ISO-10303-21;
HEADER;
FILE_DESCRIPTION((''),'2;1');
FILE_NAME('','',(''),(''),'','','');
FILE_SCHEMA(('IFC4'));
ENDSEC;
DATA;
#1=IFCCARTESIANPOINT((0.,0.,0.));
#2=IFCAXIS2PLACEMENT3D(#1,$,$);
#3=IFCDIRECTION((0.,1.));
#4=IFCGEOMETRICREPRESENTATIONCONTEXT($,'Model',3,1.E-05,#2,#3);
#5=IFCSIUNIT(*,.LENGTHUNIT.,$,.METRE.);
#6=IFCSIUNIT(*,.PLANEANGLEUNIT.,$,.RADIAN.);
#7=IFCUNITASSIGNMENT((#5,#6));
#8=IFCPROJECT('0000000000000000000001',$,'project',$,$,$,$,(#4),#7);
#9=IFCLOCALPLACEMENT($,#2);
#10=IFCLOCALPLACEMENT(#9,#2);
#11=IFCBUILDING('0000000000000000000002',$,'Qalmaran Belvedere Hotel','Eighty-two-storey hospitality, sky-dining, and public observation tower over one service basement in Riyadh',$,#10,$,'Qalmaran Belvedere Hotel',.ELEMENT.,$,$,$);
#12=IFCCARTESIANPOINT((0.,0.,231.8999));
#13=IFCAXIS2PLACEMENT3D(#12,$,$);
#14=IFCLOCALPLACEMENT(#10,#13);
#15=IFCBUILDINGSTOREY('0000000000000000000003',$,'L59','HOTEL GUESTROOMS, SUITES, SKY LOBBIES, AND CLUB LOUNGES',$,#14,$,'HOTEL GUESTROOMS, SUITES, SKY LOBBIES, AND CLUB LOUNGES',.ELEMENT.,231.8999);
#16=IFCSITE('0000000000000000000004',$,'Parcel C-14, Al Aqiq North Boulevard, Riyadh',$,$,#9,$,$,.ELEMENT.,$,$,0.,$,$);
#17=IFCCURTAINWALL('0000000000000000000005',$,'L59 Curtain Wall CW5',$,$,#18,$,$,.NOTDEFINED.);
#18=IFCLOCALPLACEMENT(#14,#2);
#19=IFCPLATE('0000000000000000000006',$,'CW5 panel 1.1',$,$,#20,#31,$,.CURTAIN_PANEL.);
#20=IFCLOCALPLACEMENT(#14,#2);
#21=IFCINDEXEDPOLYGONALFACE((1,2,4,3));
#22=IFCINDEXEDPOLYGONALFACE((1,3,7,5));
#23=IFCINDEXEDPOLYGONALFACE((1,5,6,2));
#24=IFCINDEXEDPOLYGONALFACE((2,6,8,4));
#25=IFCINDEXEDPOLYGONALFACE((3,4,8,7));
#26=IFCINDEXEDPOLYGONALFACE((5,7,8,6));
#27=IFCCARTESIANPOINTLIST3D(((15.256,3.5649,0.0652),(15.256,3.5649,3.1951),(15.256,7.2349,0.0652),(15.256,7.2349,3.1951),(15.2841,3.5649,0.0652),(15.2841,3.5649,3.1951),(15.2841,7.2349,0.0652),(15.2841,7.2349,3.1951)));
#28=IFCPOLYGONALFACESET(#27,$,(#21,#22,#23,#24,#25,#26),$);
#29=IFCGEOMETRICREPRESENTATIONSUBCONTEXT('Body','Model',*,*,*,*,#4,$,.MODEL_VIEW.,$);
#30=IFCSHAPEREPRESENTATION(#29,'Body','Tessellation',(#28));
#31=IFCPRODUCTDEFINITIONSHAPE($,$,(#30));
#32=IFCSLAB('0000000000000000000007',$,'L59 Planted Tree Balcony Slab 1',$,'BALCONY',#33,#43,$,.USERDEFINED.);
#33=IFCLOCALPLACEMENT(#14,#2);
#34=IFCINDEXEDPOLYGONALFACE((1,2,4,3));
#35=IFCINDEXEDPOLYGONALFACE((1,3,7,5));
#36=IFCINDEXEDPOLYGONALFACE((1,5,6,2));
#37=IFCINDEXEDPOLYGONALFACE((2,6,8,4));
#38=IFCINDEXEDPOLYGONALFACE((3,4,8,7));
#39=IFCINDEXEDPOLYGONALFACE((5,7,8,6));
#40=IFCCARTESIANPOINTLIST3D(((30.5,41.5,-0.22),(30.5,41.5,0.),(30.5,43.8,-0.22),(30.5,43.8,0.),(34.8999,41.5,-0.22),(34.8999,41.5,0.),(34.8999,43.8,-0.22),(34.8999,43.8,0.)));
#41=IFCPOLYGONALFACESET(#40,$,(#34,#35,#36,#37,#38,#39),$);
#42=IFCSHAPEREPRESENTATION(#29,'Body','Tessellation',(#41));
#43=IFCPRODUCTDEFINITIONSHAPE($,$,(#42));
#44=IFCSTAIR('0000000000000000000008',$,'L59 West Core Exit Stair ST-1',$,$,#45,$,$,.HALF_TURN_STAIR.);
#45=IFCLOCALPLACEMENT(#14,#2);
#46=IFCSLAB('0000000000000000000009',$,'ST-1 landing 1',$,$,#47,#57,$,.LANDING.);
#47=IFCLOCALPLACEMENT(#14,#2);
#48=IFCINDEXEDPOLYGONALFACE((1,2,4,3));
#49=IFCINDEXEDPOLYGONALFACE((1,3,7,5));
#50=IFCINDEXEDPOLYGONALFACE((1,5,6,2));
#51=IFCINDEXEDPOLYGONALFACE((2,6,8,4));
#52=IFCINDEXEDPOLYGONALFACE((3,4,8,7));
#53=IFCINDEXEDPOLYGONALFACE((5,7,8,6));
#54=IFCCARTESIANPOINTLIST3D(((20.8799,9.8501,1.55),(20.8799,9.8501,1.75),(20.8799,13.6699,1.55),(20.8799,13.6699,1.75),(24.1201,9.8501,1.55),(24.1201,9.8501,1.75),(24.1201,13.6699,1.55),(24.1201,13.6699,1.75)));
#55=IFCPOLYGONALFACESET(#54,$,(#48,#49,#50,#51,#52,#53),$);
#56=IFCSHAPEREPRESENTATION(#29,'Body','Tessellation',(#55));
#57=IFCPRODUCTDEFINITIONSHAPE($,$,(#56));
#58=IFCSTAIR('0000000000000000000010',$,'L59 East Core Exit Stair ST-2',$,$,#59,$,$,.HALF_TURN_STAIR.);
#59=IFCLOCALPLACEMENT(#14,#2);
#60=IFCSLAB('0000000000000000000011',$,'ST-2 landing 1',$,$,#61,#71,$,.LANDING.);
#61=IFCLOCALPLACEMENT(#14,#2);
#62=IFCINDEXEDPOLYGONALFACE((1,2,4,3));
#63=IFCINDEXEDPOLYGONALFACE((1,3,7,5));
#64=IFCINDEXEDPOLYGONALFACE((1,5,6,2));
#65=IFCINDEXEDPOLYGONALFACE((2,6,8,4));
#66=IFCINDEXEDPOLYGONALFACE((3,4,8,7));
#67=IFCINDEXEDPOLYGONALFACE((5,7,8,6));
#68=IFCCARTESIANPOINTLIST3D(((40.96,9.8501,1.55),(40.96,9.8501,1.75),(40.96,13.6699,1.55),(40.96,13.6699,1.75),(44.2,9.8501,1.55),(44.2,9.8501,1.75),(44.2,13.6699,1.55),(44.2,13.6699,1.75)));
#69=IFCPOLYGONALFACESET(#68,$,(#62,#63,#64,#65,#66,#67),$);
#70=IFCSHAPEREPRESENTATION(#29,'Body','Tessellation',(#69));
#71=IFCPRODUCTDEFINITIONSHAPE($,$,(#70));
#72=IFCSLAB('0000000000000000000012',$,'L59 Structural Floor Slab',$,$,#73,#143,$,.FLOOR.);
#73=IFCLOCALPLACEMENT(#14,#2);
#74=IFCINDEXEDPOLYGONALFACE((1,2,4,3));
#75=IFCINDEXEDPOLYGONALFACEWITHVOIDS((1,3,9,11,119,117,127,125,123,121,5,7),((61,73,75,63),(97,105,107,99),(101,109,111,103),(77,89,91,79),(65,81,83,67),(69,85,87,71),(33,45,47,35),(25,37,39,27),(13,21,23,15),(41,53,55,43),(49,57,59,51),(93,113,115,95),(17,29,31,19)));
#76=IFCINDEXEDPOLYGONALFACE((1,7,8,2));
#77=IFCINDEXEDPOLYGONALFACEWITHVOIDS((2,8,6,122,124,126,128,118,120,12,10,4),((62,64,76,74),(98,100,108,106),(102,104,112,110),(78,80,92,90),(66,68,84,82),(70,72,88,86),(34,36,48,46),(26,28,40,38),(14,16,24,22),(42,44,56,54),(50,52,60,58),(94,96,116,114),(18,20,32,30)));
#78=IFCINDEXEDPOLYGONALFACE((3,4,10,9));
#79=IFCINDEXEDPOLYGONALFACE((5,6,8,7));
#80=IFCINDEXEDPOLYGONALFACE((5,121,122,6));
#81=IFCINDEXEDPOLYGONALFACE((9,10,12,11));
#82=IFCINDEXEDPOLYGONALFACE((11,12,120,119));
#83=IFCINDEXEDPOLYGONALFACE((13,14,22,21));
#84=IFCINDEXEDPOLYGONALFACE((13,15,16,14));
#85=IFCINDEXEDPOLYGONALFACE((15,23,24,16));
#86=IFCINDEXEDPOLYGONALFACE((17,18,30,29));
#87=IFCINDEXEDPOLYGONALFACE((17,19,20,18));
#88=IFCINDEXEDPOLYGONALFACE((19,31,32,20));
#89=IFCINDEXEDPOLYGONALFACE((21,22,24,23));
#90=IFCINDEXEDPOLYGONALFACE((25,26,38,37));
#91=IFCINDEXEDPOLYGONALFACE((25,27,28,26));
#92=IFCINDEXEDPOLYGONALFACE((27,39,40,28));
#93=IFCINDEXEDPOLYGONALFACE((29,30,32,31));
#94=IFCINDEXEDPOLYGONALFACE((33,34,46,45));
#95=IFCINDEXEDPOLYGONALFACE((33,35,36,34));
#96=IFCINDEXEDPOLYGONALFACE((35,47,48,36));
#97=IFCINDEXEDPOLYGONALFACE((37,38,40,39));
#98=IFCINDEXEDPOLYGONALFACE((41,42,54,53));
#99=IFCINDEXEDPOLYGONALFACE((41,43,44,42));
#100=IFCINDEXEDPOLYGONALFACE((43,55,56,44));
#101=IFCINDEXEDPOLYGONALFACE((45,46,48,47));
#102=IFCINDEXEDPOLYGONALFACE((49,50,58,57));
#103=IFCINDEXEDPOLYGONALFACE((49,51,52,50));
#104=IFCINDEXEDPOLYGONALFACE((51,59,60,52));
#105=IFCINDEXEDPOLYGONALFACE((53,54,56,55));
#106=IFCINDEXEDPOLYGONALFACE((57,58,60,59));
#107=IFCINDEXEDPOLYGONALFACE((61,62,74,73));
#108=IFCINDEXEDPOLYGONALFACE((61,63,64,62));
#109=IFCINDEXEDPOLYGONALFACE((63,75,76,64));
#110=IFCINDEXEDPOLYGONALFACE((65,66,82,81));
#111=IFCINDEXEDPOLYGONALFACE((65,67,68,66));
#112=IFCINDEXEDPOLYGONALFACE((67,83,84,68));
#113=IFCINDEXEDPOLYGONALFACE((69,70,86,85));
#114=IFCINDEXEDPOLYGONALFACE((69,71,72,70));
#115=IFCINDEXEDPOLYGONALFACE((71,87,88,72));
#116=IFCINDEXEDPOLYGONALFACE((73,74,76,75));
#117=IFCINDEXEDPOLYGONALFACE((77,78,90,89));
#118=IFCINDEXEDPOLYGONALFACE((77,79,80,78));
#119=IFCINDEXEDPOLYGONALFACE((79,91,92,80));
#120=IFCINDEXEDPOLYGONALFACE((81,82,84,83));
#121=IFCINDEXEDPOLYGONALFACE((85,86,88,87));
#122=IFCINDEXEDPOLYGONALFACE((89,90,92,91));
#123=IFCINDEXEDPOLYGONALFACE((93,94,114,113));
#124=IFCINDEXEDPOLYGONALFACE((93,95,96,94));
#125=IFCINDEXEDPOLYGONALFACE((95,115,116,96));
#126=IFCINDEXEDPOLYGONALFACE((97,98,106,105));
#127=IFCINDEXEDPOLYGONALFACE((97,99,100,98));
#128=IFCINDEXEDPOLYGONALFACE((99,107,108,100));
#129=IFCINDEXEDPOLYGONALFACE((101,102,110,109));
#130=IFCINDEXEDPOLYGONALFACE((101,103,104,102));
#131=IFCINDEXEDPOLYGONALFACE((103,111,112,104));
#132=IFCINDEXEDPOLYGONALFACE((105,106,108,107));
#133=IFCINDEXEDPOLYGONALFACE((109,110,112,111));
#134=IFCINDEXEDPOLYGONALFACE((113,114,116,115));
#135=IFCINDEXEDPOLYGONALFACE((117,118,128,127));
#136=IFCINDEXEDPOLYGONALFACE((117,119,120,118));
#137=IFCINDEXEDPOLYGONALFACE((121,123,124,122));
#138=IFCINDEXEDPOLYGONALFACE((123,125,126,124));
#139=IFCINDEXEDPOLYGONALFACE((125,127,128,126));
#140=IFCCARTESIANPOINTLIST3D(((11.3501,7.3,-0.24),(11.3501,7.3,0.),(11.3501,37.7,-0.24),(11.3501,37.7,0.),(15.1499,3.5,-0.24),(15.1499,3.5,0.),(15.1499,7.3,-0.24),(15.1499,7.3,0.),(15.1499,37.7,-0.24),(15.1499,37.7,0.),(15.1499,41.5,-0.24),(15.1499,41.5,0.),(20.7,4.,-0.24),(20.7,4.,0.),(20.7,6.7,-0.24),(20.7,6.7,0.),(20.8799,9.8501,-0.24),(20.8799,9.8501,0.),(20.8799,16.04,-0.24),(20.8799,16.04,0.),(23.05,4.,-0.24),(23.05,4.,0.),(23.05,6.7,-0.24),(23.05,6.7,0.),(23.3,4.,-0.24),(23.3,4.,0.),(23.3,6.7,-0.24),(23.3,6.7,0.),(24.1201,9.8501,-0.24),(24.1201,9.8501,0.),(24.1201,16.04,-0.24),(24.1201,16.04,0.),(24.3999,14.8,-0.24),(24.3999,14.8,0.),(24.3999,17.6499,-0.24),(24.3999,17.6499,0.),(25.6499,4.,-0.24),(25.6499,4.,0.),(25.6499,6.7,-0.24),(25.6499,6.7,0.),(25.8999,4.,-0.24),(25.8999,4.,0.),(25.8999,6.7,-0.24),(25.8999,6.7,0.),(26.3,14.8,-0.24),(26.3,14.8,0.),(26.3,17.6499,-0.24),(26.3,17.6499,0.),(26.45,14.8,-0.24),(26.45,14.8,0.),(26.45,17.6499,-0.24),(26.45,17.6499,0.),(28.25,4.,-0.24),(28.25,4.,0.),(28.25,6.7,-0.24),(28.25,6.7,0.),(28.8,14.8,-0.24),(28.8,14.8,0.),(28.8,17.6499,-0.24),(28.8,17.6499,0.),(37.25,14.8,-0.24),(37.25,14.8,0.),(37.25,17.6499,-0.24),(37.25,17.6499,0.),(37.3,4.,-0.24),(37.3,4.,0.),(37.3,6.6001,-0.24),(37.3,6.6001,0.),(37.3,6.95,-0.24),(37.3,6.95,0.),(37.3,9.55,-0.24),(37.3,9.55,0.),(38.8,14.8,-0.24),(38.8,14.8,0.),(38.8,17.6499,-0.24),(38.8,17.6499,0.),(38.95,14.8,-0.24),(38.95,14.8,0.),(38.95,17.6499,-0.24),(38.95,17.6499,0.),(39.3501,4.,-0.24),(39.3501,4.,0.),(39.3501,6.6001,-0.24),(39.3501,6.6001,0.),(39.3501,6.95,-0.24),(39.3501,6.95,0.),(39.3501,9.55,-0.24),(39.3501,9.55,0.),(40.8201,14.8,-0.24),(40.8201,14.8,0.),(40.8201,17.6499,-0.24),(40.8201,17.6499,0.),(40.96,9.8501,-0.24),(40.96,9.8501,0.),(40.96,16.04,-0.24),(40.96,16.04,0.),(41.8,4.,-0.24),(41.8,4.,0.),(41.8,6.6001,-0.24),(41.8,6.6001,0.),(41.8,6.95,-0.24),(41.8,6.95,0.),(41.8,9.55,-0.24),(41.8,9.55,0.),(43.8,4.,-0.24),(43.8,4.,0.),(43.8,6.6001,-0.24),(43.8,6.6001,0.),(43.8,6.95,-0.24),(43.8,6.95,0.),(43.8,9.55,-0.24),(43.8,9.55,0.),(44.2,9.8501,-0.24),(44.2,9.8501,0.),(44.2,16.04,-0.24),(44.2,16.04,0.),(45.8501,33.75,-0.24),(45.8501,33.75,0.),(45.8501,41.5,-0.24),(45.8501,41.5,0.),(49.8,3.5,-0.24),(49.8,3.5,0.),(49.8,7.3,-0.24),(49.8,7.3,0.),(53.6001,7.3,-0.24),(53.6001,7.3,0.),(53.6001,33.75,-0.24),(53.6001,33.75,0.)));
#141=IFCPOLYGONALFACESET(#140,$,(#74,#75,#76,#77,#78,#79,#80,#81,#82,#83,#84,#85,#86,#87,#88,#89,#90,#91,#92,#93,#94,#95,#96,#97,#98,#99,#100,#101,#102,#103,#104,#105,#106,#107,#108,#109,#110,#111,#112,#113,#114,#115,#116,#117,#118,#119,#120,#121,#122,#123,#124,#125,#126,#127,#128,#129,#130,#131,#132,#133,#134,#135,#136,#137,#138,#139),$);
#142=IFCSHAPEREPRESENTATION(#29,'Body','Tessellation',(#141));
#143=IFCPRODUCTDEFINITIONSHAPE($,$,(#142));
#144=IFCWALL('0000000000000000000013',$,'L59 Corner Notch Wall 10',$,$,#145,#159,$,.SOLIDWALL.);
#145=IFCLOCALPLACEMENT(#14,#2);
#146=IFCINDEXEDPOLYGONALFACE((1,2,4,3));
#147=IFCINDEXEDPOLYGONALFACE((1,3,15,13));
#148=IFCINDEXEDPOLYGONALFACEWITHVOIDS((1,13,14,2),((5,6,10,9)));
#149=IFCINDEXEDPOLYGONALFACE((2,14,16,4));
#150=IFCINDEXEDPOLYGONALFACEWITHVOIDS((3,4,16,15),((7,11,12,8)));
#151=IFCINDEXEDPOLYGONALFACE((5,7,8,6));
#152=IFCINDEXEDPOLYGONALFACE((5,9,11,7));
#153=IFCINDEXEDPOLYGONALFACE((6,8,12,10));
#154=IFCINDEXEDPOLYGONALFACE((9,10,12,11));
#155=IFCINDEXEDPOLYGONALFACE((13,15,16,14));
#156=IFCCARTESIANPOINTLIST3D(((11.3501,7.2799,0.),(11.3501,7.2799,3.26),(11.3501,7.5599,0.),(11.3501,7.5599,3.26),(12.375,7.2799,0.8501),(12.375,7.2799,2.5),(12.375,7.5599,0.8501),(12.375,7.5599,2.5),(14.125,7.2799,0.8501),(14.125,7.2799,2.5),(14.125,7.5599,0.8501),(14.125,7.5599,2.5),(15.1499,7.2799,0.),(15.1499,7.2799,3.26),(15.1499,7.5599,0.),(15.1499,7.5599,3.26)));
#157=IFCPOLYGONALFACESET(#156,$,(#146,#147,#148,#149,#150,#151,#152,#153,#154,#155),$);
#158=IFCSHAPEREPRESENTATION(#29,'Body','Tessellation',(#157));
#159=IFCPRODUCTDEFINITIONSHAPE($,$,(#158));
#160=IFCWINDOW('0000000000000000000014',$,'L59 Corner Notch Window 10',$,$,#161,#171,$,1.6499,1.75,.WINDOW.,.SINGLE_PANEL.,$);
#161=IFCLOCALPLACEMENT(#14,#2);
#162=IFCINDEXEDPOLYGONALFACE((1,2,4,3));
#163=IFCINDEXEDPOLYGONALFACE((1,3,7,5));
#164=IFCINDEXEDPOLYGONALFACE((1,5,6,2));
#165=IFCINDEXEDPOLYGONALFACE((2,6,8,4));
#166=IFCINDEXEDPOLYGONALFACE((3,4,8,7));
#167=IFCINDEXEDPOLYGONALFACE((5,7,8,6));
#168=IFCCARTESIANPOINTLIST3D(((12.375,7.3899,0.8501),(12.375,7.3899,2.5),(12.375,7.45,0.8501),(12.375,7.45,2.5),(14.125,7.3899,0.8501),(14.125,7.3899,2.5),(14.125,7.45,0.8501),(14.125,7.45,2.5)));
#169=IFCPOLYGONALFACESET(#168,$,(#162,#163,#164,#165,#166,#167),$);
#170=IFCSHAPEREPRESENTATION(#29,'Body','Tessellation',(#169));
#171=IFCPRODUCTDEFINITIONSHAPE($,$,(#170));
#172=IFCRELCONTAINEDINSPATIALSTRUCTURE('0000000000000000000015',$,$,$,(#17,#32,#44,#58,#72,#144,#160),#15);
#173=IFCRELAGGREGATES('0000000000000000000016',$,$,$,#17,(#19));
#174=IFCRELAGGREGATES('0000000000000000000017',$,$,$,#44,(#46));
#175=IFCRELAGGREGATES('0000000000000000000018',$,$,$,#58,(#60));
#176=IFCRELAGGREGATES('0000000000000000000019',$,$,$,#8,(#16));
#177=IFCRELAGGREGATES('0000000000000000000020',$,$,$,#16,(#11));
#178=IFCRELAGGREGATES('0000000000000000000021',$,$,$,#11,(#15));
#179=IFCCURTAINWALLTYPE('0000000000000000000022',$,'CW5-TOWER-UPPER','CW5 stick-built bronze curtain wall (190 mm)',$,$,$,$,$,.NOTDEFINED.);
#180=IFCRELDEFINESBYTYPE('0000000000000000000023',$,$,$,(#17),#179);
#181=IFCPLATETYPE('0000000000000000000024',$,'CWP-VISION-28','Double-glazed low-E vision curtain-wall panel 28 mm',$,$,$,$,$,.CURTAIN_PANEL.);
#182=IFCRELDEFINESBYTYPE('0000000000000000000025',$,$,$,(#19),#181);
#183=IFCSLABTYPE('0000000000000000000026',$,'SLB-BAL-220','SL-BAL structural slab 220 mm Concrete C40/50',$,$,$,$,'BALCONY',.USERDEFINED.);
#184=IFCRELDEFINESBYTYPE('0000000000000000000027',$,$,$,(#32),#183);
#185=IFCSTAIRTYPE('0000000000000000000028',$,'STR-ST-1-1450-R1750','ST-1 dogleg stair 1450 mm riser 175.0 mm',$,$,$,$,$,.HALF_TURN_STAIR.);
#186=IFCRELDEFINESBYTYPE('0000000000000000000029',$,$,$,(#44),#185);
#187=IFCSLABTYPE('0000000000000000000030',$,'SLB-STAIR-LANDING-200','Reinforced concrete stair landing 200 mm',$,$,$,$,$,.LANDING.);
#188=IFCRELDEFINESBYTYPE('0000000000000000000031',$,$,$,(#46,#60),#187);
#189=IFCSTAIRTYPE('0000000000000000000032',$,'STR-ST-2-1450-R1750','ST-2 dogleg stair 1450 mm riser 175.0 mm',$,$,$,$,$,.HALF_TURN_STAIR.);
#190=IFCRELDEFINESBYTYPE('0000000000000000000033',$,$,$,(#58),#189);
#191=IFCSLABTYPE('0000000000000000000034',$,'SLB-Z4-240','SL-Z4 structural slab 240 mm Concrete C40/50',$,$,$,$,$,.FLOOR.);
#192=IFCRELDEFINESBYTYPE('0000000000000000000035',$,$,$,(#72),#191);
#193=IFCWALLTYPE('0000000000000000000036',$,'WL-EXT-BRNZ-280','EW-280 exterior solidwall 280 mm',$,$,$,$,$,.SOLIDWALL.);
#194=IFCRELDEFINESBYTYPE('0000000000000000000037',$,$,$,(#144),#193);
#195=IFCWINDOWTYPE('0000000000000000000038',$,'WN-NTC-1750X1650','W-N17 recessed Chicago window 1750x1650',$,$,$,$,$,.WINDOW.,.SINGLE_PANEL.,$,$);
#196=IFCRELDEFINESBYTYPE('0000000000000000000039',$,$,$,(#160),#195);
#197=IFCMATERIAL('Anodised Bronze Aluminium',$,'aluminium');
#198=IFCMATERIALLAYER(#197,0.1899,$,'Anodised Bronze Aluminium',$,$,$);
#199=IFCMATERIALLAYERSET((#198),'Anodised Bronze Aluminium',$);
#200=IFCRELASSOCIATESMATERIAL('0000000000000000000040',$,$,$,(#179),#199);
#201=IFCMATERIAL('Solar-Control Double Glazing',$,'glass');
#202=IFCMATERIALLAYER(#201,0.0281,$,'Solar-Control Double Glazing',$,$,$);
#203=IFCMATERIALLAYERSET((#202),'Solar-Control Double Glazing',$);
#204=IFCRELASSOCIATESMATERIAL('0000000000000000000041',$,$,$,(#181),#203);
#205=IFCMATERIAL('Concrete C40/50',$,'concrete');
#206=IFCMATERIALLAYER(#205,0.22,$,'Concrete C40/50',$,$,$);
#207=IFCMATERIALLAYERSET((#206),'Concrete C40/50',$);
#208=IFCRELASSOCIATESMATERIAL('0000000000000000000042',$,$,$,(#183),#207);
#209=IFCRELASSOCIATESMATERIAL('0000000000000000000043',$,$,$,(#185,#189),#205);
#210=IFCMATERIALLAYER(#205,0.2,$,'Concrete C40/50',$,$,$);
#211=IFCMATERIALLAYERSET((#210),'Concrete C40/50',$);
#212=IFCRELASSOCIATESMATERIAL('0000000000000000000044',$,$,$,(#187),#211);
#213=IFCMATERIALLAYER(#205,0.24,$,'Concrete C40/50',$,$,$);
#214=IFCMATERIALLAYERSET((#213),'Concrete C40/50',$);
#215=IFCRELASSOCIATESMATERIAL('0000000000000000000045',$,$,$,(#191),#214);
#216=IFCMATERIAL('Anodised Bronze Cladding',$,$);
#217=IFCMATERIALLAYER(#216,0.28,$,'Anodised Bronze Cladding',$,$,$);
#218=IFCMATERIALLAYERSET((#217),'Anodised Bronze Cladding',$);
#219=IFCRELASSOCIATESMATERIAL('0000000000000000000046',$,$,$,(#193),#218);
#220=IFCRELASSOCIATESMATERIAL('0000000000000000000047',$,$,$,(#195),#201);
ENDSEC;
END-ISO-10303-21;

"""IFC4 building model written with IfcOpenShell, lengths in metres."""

from ifc_helpers import new_model, si_unit, direction, frame, frame_2d, origin, origin_2d, place, context, subcontext, project, spatial, polyline, rectangle, outline, extrude, material, layer, layer_set, type_object, element, fill, aggregate, save


model = new_model("IFC4")

# Units and contexts
model_context = context("Model", 3, precision=1e-05, world=origin(), true_north=direction((0.0, 1.0)))
body_context = subcontext(model_context, "Body", "Model", "MODEL_VIEW")
ifc_project = project(units=[si_unit("LENGTHUNIT", "METRE"), si_unit("PLANEANGLEUNIT", "RADIAN")], contexts=[model_context])

# Site, building, storey
site_placement = place(None, origin())
site = spatial("IfcSite", under=ifc_project, at=site_placement, Name="Parcel C-14, Al Aqiq North Boulevard, Riyadh", CompositionType="ELEMENT", RefElevation=0.0)
building_placement = place(site_placement, origin())
building = spatial("IfcBuilding", under=site, at=building_placement, Name="Qalmaran Belvedere Hotel", Description="Eighty-two-storey hospitality, sky-dining, and public observation tower over one service basement in Riyadh", LongName="Qalmaran Belvedere Hotel", CompositionType="ELEMENT")
storey_placement = place(building_placement, frame((0.0, 0.0, 231.8999)))
storey = spatial("IfcBuildingStorey", under=building, at=storey_placement, Name="L59", Description="HOTEL GUESTROOMS, SUITES, SKY LOBBIES, AND CLUB LOUNGES", LongName="HOTEL GUESTROOMS, SUITES, SKY LOBBIES, AND CLUB LOUNGES", CompositionType="ELEMENT", Elevation=231.8999)

# Shared definitions
ifc_material_1 = material(Name="Anodised Bronze Aluminium", Category="aluminium")
ifc_layer_1 = layer(ifc_material_1, 0.1899, Name="Anodised Bronze Aluminium")
ifc_layer_set_1 = layer_set([ifc_layer_1], Name="Anodised Bronze Aluminium")
curtain_wall_type = type_object("IfcCurtainWallType", Name="CW5-TOWER-UPPER", Description="CW5 stick-built bronze curtain wall (190 mm)", PredefinedType="NOTDEFINED", material=ifc_layer_set_1)

# Curtain wall
curtain_wall_1_placement = place(storey_placement, origin())
curtain_wall_1 = element("IfcCurtainWall", 1, at=curtain_wall_1_placement, inside=storey, type_object=curtain_wall_type, Name="L59 Curtain Wall CW5", PredefinedType="NOTDEFINED")

# Plate
ifc_material_2 = material(Name="Solar-Control Double Glazing", Category="glass")
ifc_layer_2 = layer(ifc_material_2, 0.0281, Name="Solar-Control Double Glazing")
ifc_layer_set_2 = layer_set([ifc_layer_2], Name="Solar-Control Double Glazing")
plate_type = type_object("IfcPlateType", Name="CWP-VISION-28", Description="Double-glazed low-E vision curtain-wall panel 28 mm", PredefinedType="CURTAIN_PANEL", material=ifc_layer_set_2)
plate_1_placement = place(storey_placement, frame((15.27, 5.3999, 0.0652), z_axis=(0.0, 0.0, 1.0), x_axis=(0.0, -1.0, 0.0)))
plate_1 = element("IfcPlate", 2, at=plate_1_placement, type_object=plate_type, Name="CW5 panel 1.1", PredefinedType="CURTAIN_PANEL", context=body_context, shape_type="SweptSolid", body=[
    extrude(rectangle(XDim=3.6699, YDim=0.0281, at=origin_2d()), origin(), (0.0, 0.0, 1.0), 3.1299),
])
aggregate(curtain_wall_1, [plate_1])

# Slab
ifc_material_3 = material(Name="Concrete C40/50", Category="concrete")
ifc_layer_3 = layer(ifc_material_3, 0.22, Name="Concrete C40/50")
ifc_layer_set_3 = layer_set([ifc_layer_3], Name="Concrete C40/50")
slab_type_1 = type_object("IfcSlabType", Name="SLB-BAL-220", Description="SL-BAL structural slab 220 mm Concrete C40/50", ElementType="BALCONY", PredefinedType="USERDEFINED", material=ifc_layer_set_3)
slab_1_placement = place(storey_placement, frame((0.0, 0.0, -0.22)))
element("IfcSlab", 3, at=slab_1_placement, inside=storey, type_object=slab_type_1, Name="L59 Planted Tree Balcony Slab 1", ObjectType="BALCONY", PredefinedType="USERDEFINED", context=body_context, shape_type="SweptSolid", body=[
    extrude(outline(polyline([(30.5, 41.5), (34.8999, 41.5), (34.8999, 43.8), (30.5, 43.8), (30.5, 41.5)])), origin(), (0.0, 0.0, 1.0), 0.22),
])

# Stairs, slabs
stair_type_1 = type_object("IfcStairType", Name="STR-ST-1-1450-R1750", Description="ST-1 dogleg stair 1450 mm riser 175.0 mm", PredefinedType="HALF_TURN_STAIR", material=ifc_material_3)
stair_1_placement = place(storey_placement, origin())
stair_1 = element("IfcStair", 4, at=stair_1_placement, inside=storey, type_object=stair_type_1, Name="L59 West Core Exit Stair ST-1", PredefinedType="HALF_TURN_STAIR")
ifc_layer_4 = layer(ifc_material_3, 0.2, Name="Concrete C40/50")
ifc_layer_set_4 = layer_set([ifc_layer_4], Name="Concrete C40/50")
slab_type_2 = type_object("IfcSlabType", Name="SLB-STAIR-LANDING-200", Description="Reinforced concrete stair landing 200 mm", PredefinedType="LANDING", material=ifc_layer_set_4)
slab_2_placement = place(storey_placement, frame((0.0, 0.0, 1.55)))
slab_2 = element("IfcSlab", 5, at=slab_2_placement, type_object=slab_type_2, Name="ST-1 landing 1", PredefinedType="LANDING", context=body_context, shape_type="SweptSolid", body=[
    extrude(outline(polyline([(20.8799, 13.6699), (20.8799, 9.8501), (24.1201, 9.8501), (24.1201, 13.6699), (20.8799, 13.6699)])), origin(), (0.0, 0.0, 1.0), 0.2),
])
aggregate(stair_1, [slab_2])
stair_type_2 = type_object("IfcStairType", Name="STR-ST-2-1450-R1750", Description="ST-2 dogleg stair 1450 mm riser 175.0 mm", PredefinedType="HALF_TURN_STAIR", material=ifc_material_3)
stair_2_placement = place(storey_placement, origin())
stair_2 = element("IfcStair", 6, at=stair_2_placement, inside=storey, type_object=stair_type_2, Name="L59 East Core Exit Stair ST-2", PredefinedType="HALF_TURN_STAIR")
slab_3_placement = place(storey_placement, frame((0.0, 0.0, 1.55)))
slab_3 = element("IfcSlab", 7, at=slab_3_placement, type_object=slab_type_2, Name="ST-2 landing 1", PredefinedType="LANDING", context=body_context, shape_type="SweptSolid", body=[
    extrude(outline(polyline([(40.96, 13.6699), (40.96, 9.8501), (44.2, 9.8501), (44.2, 13.6699), (40.96, 13.6699)])), origin(), (0.0, 0.0, 1.0), 0.2),
])
aggregate(stair_2, [slab_3])

# Slab
ifc_layer_5 = layer(ifc_material_3, 0.24, Name="Concrete C40/50")
ifc_layer_set_5 = layer_set([ifc_layer_5], Name="Concrete C40/50")
slab_type_3 = type_object("IfcSlabType", Name="SLB-Z4-240", Description="SL-Z4 structural slab 240 mm Concrete C40/50", PredefinedType="FLOOR", material=ifc_layer_set_5)
slab_4_placement = place(storey_placement, frame((0.0, 0.0, -0.24)))
element("IfcSlab", 8, at=slab_4_placement, inside=storey, type_object=slab_type_3, Name="L59 Structural Floor Slab", PredefinedType="FLOOR", context=body_context, shape_type="SweptSolid", body=[
    extrude(outline(polyline([(15.1499, 3.5), (49.8, 3.5), (49.8, 7.3), (53.6001, 7.3), (53.6001, 33.75), (45.8501, 33.75), (45.8501, 41.5), (15.1499, 41.5), (15.1499, 37.7), (11.3501, 37.7), (11.3501, 7.3), (15.1499, 7.3), (15.1499, 3.5)]), holes=[polyline([(20.8799, 9.8501), (24.1201, 9.8501), (24.1201, 16.04), (20.8799, 16.04), (20.8799, 9.8501)]), polyline([(40.96, 9.8501), (44.2, 9.8501), (44.2, 16.04), (40.96, 16.04), (40.96, 9.8501)]), polyline([(37.3, 4.0), (39.3501, 4.0), (39.3501, 6.6001), (37.3, 6.6001), (37.3, 4.0)]), polyline([(37.3, 6.95), (39.3501, 6.95), (39.3501, 9.55), (37.3, 9.55), (37.3, 6.95)]), polyline([(41.8, 4.0), (43.8, 4.0), (43.8, 6.6001), (41.8, 6.6001), (41.8, 4.0)]), polyline([(41.8, 6.95), (43.8, 6.95), (43.8, 9.55), (41.8, 9.55), (41.8, 6.95)]), polyline([(20.7, 4.0), (23.05, 4.0), (23.05, 6.7), (20.7, 6.7), (20.7, 4.0)]), polyline([(23.3, 4.0), (25.6499, 4.0), (25.6499, 6.7), (23.3, 6.7), (23.3, 4.0)]), polyline([(25.8999, 4.0), (28.25, 4.0), (28.25, 6.7), (25.8999, 6.7), (25.8999, 4.0)]), polyline([(24.3999, 14.8), (26.3, 14.8), (26.3, 17.6499), (24.3999, 17.6499), (24.3999, 14.8)]), polyline([(38.95, 14.8), (40.8201, 14.8), (40.8201, 17.6499), (38.95, 17.6499), (38.95, 14.8)]), polyline([(26.45, 14.8), (28.8, 14.8), (28.8, 17.6499), (26.45, 17.6499), (26.45, 14.8)]), polyline([(37.25, 14.8), (38.8, 14.8), (38.8, 17.6499), (37.25, 17.6499), (37.25, 14.8)])]), origin(), (0.0, 0.0, 1.0), 0.24),
])

# Wall, opening, window
ifc_material_4 = material(Name="Anodised Bronze Cladding")
ifc_layer_6 = layer(ifc_material_4, 0.28, Name="Anodised Bronze Cladding")
ifc_layer_set_6 = layer_set([ifc_layer_6], Name="Anodised Bronze Cladding")
wall_type_1 = type_object("IfcWallType", Name="WL-EXT-BRNZ-280", Description="EW-280 exterior solidwall 280 mm", PredefinedType="SOLIDWALL", material=ifc_layer_set_6)
wall_1_placement = place(storey_placement, frame((11.3501, 7.4199, 0.0), z_axis=(0.0, 0.0, 1.0), x_axis=(1.0, 0.0, 0.0)))
wall_1 = element("IfcWall", 9, at=wall_1_placement, inside=storey, type_object=wall_type_1, Name="L59 Corner Notch Wall 10", PredefinedType="SOLIDWALL", context=body_context, shape_type="SweptSolid", body=[
    extrude(rectangle(XDim=3.7998, YDim=0.28, at=frame_2d((1.8999, 0.0))), origin(), (0.0, 0.0, 1.0), 3.26),
])
opening_1_placement = place(wall_1_placement, frame((1.0249, 0.0, 0.8501)))
opening_1 = element("IfcOpeningElement", 10, at=opening_1_placement, cuts=wall_1, PredefinedType="OPENING", context=body_context, shape_type="SweptSolid", body=[
    extrude(rectangle(XDim=1.75, YDim=1.6499, at=frame_2d((0.875, 0.825))), frame((0.0, 0.1499, 0.0), z_axis=(0.0, -1.0, 0.0), x_axis=(1.0, 0.0, 0.0)), (0.0, 0.0, 1.0), 0.3),
])
window_type = type_object("IfcWindowType", Name="WN-NTC-1750X1650", Description="W-N17 recessed Chicago window 1750x1650", PartitioningType="SINGLE_PANEL", PredefinedType="WINDOW", material=ifc_material_2)
window_placement = place(opening_1_placement, origin())
window = element("IfcWindow", 11, at=window_placement, inside=storey, type_object=window_type, Name="L59 Corner Notch Window 10", OverallHeight=1.6499, OverallWidth=1.75, PartitioningType="SINGLE_PANEL", PredefinedType="WINDOW", context=body_context, shape_type="SweptSolid", body=[
    extrude(rectangle(XDim=1.75, YDim=1.6499, at=frame_2d((0.875, 0.825))), frame((0.0, 0.03, 0.0), z_axis=(0.0, -1.0, 0.0), x_axis=(1.0, 0.0, 0.0)), (0.0, 0.0, 1.0), 0.0601),
])
fill(opening_1, window)

save(model, "model.ifc")
